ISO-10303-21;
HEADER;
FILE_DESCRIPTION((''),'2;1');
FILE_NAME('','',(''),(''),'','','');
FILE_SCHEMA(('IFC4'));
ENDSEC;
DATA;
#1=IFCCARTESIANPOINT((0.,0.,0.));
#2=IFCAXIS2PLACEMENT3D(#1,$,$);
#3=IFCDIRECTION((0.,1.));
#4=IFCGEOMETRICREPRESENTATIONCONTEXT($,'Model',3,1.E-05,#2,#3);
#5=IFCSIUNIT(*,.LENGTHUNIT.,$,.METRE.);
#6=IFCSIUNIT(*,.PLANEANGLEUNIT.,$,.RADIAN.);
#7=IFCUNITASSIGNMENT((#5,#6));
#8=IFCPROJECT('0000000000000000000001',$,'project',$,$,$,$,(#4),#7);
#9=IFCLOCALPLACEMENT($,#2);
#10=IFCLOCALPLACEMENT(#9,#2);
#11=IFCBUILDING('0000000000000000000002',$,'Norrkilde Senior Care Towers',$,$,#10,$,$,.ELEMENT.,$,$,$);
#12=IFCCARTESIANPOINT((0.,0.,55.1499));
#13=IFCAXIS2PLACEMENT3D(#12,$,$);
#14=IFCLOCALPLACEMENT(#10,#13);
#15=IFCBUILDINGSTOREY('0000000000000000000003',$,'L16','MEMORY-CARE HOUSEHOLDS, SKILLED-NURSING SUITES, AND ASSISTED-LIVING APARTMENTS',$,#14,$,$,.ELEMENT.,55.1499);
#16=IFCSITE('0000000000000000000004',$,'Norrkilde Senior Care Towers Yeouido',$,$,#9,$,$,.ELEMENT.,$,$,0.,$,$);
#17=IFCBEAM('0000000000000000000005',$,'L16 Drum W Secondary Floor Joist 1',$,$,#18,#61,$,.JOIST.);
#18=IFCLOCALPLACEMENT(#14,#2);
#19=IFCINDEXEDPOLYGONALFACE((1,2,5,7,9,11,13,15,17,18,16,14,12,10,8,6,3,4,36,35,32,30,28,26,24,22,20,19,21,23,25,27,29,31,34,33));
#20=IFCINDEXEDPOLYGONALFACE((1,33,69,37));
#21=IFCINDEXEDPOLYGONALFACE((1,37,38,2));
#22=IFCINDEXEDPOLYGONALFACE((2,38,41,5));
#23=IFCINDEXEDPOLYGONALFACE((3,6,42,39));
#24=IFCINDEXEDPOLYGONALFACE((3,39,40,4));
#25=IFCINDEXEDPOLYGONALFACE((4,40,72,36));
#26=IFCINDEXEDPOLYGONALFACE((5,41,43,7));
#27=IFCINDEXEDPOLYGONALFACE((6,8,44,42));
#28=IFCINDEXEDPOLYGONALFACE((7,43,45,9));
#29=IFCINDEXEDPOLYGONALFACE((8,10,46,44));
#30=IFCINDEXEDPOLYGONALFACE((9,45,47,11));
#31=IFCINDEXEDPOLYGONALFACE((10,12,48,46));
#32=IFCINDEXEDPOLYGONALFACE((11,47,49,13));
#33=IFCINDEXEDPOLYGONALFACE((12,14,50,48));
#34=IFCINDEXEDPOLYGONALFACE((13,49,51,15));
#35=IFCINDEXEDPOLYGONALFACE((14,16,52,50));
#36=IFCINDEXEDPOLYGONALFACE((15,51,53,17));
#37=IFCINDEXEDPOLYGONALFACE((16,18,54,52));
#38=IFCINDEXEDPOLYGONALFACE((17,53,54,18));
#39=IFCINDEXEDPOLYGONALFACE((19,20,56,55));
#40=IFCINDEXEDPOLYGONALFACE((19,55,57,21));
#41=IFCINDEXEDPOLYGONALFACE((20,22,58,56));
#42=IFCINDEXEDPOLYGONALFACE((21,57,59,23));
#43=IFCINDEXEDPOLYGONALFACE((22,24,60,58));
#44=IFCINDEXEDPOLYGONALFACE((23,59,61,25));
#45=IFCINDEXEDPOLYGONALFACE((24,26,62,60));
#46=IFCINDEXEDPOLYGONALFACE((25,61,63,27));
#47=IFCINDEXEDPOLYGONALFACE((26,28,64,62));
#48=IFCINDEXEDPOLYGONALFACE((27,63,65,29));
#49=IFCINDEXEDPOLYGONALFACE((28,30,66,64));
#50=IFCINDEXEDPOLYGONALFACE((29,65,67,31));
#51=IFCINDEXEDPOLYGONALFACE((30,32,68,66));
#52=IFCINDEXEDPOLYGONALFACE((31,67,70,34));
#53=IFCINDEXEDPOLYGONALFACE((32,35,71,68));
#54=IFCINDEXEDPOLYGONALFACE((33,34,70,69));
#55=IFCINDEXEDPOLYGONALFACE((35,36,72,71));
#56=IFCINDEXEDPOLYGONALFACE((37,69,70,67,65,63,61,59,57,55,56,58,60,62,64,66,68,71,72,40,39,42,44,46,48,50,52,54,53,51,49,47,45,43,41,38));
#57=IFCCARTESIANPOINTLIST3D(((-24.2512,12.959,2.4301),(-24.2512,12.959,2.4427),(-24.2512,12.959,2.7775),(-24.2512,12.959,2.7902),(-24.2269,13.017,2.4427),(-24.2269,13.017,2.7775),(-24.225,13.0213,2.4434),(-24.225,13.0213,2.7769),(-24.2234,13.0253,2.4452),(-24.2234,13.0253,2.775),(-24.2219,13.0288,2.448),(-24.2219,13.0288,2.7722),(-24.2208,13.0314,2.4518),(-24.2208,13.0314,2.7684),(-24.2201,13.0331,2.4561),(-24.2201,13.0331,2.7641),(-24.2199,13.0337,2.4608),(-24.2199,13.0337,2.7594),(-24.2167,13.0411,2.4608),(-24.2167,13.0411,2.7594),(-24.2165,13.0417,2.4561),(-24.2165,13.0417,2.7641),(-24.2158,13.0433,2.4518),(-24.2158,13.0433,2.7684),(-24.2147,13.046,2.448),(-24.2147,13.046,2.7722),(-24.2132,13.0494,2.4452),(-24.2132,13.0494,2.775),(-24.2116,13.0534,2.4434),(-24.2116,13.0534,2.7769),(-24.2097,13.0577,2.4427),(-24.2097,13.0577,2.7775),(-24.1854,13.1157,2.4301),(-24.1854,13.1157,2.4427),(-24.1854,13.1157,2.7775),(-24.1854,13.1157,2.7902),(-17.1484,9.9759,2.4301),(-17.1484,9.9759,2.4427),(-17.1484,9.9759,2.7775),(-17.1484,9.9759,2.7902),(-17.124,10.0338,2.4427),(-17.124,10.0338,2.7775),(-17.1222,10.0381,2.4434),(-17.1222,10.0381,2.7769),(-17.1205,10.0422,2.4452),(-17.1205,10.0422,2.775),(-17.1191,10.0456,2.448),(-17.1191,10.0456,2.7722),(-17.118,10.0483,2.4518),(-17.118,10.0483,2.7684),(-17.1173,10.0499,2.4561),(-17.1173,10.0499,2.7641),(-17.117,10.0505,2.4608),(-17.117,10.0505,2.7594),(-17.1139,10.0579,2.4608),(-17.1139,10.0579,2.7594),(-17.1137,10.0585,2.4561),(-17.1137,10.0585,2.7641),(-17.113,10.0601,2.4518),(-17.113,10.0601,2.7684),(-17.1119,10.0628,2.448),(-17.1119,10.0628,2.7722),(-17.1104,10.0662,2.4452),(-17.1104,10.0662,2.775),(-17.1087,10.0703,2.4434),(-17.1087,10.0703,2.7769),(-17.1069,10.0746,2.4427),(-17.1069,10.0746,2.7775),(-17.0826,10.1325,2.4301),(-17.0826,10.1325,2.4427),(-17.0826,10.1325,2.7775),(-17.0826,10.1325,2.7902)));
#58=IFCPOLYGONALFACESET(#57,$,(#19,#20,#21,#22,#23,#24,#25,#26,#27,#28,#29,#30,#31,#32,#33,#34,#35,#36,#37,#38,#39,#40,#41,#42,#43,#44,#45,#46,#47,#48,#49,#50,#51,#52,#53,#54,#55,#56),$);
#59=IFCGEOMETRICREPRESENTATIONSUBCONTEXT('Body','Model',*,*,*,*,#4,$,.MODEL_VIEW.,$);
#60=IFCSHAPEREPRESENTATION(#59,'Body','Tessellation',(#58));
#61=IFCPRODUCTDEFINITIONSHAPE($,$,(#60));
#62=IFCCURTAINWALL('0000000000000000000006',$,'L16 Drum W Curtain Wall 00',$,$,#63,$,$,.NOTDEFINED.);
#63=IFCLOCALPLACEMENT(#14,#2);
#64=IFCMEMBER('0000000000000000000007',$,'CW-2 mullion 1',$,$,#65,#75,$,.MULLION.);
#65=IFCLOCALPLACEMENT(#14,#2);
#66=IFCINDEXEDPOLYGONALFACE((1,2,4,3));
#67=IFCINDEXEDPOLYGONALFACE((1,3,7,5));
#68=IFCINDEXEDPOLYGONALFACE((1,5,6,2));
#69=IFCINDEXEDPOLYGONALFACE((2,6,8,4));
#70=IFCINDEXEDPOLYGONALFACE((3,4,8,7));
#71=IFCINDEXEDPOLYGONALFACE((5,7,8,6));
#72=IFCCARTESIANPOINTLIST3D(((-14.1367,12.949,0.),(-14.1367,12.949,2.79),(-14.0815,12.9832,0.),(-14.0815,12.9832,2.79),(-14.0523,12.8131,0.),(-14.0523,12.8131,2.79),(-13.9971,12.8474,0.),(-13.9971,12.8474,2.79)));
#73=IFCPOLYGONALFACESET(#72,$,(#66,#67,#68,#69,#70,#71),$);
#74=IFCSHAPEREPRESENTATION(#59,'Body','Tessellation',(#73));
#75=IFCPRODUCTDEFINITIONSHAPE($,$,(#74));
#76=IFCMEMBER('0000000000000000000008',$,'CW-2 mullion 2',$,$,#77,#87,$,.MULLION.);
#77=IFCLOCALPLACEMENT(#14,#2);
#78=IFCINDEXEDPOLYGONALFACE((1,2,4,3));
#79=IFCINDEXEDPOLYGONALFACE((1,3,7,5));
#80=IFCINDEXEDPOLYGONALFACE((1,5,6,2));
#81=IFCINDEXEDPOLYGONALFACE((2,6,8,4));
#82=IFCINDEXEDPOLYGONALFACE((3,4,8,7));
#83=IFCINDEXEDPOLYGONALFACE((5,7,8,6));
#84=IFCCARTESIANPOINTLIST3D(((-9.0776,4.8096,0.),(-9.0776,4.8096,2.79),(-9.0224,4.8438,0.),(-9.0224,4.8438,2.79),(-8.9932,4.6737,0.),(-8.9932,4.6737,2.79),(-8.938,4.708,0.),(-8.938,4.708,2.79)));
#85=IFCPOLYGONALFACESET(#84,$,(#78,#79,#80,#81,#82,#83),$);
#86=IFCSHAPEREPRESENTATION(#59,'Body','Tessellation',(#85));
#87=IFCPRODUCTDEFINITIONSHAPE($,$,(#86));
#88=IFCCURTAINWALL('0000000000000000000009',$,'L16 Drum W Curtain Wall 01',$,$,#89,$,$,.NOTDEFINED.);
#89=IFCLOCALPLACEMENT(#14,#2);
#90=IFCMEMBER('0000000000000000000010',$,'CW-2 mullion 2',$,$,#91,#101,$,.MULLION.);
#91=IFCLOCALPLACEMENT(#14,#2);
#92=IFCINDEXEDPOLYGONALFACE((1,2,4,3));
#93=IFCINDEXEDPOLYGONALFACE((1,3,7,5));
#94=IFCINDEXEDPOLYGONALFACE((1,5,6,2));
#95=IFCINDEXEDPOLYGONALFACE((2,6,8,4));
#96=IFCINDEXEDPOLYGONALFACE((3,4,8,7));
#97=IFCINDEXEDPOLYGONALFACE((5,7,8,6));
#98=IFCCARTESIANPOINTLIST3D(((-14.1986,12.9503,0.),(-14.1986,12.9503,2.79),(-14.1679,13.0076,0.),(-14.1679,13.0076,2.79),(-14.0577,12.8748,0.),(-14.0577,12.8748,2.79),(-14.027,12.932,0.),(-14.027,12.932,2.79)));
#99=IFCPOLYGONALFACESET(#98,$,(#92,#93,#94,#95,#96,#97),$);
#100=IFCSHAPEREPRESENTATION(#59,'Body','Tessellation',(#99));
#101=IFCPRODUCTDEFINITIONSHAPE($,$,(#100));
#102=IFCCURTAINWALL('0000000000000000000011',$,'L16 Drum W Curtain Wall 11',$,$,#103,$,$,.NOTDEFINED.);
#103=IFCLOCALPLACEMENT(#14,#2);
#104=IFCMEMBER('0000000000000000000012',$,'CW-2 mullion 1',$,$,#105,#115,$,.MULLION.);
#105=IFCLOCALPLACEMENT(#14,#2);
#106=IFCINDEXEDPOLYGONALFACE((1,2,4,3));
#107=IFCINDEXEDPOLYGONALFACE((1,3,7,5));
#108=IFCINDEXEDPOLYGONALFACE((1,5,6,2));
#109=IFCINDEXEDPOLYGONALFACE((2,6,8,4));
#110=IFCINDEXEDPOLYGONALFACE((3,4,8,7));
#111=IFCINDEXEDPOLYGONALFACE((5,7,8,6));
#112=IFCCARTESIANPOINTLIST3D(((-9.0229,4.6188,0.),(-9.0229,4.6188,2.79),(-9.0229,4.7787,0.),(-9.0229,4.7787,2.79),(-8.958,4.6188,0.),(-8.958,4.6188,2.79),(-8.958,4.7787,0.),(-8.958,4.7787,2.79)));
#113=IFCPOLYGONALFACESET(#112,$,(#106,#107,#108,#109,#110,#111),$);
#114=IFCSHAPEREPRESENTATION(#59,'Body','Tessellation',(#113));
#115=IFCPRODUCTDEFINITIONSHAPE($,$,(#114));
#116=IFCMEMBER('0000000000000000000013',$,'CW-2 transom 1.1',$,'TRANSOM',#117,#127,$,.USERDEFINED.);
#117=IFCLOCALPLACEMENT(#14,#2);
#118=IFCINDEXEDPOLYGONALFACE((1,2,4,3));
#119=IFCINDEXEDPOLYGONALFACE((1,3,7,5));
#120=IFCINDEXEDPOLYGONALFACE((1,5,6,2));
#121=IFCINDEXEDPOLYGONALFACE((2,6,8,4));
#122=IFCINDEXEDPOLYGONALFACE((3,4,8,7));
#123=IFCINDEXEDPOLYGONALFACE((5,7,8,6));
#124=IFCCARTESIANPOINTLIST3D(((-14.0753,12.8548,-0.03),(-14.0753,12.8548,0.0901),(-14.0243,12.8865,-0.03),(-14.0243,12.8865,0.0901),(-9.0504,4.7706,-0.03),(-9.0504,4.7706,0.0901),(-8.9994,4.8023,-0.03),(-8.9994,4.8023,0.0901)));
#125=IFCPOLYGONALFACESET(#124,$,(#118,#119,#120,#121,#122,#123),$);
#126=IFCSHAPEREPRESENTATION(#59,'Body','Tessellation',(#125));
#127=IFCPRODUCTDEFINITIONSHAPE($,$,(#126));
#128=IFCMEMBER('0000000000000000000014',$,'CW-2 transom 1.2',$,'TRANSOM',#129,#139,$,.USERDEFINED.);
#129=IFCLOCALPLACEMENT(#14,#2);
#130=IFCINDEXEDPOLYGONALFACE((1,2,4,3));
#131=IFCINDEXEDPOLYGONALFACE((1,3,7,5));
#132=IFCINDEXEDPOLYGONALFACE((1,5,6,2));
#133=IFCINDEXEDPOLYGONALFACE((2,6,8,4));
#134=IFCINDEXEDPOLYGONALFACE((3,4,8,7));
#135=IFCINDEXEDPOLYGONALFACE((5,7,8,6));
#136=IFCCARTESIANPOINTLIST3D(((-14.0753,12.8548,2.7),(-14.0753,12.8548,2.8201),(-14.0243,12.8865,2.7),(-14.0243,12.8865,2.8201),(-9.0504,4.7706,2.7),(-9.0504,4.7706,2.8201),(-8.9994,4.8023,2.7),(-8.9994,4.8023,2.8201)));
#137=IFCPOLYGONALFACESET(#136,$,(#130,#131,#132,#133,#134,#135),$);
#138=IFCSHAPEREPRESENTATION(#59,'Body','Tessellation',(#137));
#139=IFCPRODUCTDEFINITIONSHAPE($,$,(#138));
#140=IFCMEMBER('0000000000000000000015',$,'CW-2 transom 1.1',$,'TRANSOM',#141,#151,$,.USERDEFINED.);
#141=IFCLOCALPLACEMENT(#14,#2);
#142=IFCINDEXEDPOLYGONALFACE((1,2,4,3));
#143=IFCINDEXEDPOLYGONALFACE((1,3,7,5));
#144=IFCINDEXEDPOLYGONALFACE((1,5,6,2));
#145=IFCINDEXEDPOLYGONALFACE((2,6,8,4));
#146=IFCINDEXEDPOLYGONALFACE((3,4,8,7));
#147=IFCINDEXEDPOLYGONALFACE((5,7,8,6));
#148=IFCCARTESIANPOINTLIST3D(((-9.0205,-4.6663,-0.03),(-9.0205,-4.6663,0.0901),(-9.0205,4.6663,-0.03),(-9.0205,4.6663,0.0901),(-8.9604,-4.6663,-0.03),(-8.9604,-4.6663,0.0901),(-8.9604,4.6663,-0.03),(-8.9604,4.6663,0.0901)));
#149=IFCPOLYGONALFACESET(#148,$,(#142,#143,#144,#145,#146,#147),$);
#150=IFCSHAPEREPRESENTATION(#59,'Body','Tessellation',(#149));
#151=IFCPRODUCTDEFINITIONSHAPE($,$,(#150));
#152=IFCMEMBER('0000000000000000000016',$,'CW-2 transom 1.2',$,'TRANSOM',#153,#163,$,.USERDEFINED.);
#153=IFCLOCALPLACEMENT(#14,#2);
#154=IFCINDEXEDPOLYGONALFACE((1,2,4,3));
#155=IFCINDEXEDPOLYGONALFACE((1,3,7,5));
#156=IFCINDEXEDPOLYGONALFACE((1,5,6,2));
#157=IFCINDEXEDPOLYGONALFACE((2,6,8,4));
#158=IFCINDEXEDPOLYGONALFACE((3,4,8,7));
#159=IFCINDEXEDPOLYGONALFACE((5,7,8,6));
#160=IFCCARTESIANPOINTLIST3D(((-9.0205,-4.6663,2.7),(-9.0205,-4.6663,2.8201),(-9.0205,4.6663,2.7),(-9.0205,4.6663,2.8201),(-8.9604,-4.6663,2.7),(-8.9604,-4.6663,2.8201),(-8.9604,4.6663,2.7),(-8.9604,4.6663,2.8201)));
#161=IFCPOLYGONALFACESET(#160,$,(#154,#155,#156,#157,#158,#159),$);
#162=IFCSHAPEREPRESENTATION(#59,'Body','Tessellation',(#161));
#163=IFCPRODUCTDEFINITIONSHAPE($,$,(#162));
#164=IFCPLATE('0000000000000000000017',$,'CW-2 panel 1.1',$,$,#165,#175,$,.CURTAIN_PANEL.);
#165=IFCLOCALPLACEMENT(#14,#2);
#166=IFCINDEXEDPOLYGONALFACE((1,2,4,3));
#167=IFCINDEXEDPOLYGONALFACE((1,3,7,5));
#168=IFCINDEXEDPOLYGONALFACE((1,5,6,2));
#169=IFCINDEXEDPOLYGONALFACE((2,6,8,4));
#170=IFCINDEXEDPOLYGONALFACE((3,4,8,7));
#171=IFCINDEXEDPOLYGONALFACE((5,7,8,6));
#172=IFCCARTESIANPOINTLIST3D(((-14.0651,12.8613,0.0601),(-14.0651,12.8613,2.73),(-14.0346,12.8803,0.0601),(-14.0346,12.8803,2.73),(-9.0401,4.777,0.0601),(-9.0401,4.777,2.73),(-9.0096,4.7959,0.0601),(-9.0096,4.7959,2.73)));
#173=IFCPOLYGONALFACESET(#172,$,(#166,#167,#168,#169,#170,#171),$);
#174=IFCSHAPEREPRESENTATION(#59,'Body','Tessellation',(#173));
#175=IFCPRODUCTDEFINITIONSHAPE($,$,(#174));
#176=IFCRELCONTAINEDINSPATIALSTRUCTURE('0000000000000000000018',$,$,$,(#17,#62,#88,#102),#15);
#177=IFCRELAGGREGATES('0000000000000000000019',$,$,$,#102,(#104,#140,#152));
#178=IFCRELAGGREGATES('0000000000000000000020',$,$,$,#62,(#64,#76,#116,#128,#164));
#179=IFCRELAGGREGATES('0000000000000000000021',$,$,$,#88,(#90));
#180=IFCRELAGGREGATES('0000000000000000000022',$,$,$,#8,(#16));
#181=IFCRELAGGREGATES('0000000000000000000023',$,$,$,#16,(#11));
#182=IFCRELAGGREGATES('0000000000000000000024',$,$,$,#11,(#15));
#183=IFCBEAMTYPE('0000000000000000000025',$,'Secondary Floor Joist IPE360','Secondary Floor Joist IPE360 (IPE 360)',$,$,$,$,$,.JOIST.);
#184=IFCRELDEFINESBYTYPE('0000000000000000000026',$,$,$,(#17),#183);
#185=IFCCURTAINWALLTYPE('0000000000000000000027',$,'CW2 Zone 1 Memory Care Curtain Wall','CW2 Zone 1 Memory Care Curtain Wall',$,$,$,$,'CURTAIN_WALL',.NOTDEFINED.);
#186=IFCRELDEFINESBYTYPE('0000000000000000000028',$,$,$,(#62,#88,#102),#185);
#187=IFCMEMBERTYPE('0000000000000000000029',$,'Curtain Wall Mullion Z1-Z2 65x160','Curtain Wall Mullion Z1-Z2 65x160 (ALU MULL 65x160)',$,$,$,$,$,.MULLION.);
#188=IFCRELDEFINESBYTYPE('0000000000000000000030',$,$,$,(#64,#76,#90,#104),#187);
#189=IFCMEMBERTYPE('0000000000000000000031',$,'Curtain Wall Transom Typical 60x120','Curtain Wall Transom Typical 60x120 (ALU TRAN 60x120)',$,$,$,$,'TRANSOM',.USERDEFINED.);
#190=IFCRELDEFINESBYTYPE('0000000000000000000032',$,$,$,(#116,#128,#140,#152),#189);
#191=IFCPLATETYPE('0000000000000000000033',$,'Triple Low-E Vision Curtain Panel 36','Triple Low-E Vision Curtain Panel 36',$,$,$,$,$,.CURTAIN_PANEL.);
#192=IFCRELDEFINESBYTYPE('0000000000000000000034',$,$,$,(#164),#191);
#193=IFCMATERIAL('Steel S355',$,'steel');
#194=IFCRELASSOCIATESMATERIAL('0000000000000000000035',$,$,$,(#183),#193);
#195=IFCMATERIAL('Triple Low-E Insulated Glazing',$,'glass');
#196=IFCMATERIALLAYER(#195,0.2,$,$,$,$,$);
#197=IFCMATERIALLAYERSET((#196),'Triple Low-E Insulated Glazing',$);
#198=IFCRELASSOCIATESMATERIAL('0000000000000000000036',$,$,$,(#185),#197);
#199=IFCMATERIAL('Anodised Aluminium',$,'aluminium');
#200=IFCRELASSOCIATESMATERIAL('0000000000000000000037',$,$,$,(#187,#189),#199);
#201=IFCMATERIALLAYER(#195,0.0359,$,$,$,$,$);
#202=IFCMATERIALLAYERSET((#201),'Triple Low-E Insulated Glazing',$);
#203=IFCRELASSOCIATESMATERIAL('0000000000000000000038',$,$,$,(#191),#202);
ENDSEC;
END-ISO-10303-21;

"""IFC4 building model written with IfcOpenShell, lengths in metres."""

from ifc_helpers import new_model, si_unit, direction, frame, origin, origin_2d, place, context, subcontext, project, spatial, rectangle, i_section, extrude, source, transform, mapped, material, layer, layer_set, material_profile, profile_set, type_object, type_shapes, element, aggregate, save


model = new_model("IFC4")

# Units and contexts
model_context = context("Model", 3, precision=1e-05, world=origin(), true_north=direction((0.0, 1.0)))
body_context = subcontext(model_context, "Body", "Model", "MODEL_VIEW")
ifc_project = project(units=[si_unit("LENGTHUNIT", "METRE"), si_unit("PLANEANGLEUNIT", "RADIAN")], contexts=[model_context])

# Site, building, storey
site_placement = place(None, origin())
site = spatial("IfcSite", under=ifc_project, at=site_placement, Name="Norrkilde Senior Care Towers Yeouido", CompositionType="ELEMENT", RefElevation=0.0)
building_placement = place(site_placement, origin())
building = spatial("IfcBuilding", under=site, at=building_placement, Name="Norrkilde Senior Care Towers", CompositionType="ELEMENT")
storey_placement = place(building_placement, frame((0.0, 0.0, 55.1499)))
storey = spatial("IfcBuildingStorey", under=building, at=storey_placement, Name="L16", Description="MEMORY-CARE HOUSEHOLDS, SKILLED-NURSING SUITES, AND ASSISTED-LIVING APARTMENTS", CompositionType="ELEMENT", Elevation=55.1499)

# Beam
ifc_material_1 = material(Name="Steel S355", Category="steel")
ifc_material_profile_1 = material_profile(ifc_material_1, i_section(OverallWidth=0.1699, OverallDepth=0.3601, WebThickness=0.0081, FlangeThickness=0.0127, FilletRadius=0.0181, at=origin_2d()), Name="IPE 360")
ifc_profile_set_1 = profile_set([ifc_material_profile_1], Name="Steel S355")
beam_type_1 = type_object("IfcBeamType", Name="Secondary Floor Joist IPE360", Description="Secondary Floor Joist IPE360 (IPE 360)", PredefinedType="JOIST", material=ifc_profile_set_1)
shared_shape_1 = source(origin(), body_context, "Body", "SweptSolid", [
    extrude(i_section(OverallWidth=0.1699, OverallDepth=0.3601, WebThickness=0.0081, FlangeThickness=0.0127, FilletRadius=0.0181, at=origin_2d()), origin(), (0.0, 0.0, 1.0), 7.7039),
])
type_shapes(beam_type_1, [shared_shape_1])
beam_1_placement = place(storey_placement, frame((-17.1155, 10.0542, 2.6101), z_axis=(-0.921983, 0.387231, 0.0), x_axis=(-0.387231, -0.921983, 0.0)))
element("IfcBeam", 1, at=beam_1_placement, inside=storey, type_object=beam_type_1, Name="L16 Drum W Secondary Floor Joist 1", PredefinedType="JOIST", context=body_context, shape_type="MappedRepresentation", body=[
    mapped(shared_shape_1, transform((0.0, 0.0, 0.0), x_axis=(1.0, 0.0, 0.0), y_axis=(0.0, 1.0, 0.0), z_axis=(0.0, 0.0, 1.0), scale=1.0)),
])

# Curtain wall, members
ifc_material_2 = material(Name="Triple Low-E Insulated Glazing", Category="glass")
ifc_layer_1 = layer(ifc_material_2, 0.2)
ifc_layer_set_1 = layer_set([ifc_layer_1], Name="Triple Low-E Insulated Glazing")
curtain_wall_type = type_object("IfcCurtainWallType", Name="CW2 Zone 1 Memory Care Curtain Wall", Description="CW2 Zone 1 Memory Care Curtain Wall", ElementType="CURTAIN_WALL", PredefinedType="NOTDEFINED", material=ifc_layer_set_1)
curtain_wall_1_placement = place(storey_placement, origin())
curtain_wall_1 = element("IfcCurtainWall", 2, at=curtain_wall_1_placement, inside=storey, type_object=curtain_wall_type, Name="L16 Drum W Curtain Wall 00", PredefinedType="NOTDEFINED")
ifc_material_3 = material(Name="Anodised Aluminium", Category="aluminium")
ifc_material_profile_2 = material_profile(ifc_material_3, rectangle(XDim=0.0649, YDim=0.1599, at=origin_2d()), Name="ALU MULL 65x160")
ifc_profile_set_2 = profile_set([ifc_material_profile_2], Name="Anodised Aluminium")
member_type_1 = type_object("IfcMemberType", Name="Curtain Wall Mullion Z1-Z2 65x160", Description="Curtain Wall Mullion Z1-Z2 65x160 (ALU MULL 65x160)", PredefinedType="MULLION", material=ifc_profile_set_2)
shared_shape_2 = source(origin(), body_context, "Body", "SweptSolid", [
    extrude(rectangle(XDim=0.0649, YDim=0.1599, at=origin_2d()), origin(), (0.0, 0.0, 1.0), 2.79),
])
type_shapes(member_type_1, [shared_shape_2])
member_1_placement = place(storey_placement, frame((-14.0669, 12.8982, 0.0), z_axis=(0.0, 0.0, 1.0), x_axis=(0.849306, 0.527901, 0.0)))
member_1 = element("IfcMember", 3, at=member_1_placement, type_object=member_type_1, Name="CW-2 mullion 1", PredefinedType="MULLION", context=body_context, shape_type="MappedRepresentation", body=[
    mapped(shared_shape_2, transform((0.0, 0.0, 0.0), x_axis=(1.0, 0.0, 0.0), y_axis=(0.0, 1.0, 0.0), z_axis=(0.0, 0.0, 1.0), scale=1.0)),
])
member_2_placement = place(storey_placement, frame((-9.0078, 4.7588, 0.0), z_axis=(0.0, 0.0, 1.0), x_axis=(0.849306, 0.527901, 0.0)))
member_2 = element("IfcMember", 4, at=member_2_placement, type_object=member_type_1, Name="CW-2 mullion 2", PredefinedType="MULLION", context=body_context, shape_type="MappedRepresentation", body=[
    mapped(shared_shape_2, transform((0.0, 0.0, 0.0), x_axis=(1.0, 0.0, 0.0), y_axis=(0.0, 1.0, 0.0), z_axis=(0.0, 0.0, 1.0), scale=1.0)),
])

# Curtain walls, members
curtain_wall_2_placement = place(storey_placement, origin())
curtain_wall_2 = element("IfcCurtainWall", 5, at=curtain_wall_2_placement, inside=storey, type_object=curtain_wall_type, Name="L16 Drum W Curtain Wall 01", PredefinedType="NOTDEFINED")
member_3_placement = place(storey_placement, frame((-14.1128, 12.9412, 0.0), z_axis=(0.0, 0.0, 1.0), x_axis=(0.472608, 0.881273, 0.0)))
member_3 = element("IfcMember", 6, at=member_3_placement, type_object=member_type_1, Name="CW-2 mullion 2", PredefinedType="MULLION", context=body_context, shape_type="MappedRepresentation", body=[
    mapped(shared_shape_2, transform((0.0, 0.0, 0.0), x_axis=(1.0, 0.0, 0.0), y_axis=(0.0, 1.0, 0.0), z_axis=(0.0, 0.0, 1.0), scale=1.0)),
])
curtain_wall_3_placement = place(storey_placement, origin())
curtain_wall_3 = element("IfcCurtainWall", 7, at=curtain_wall_3_placement, inside=storey, type_object=curtain_wall_type, Name="L16 Drum W Curtain Wall 11", PredefinedType="NOTDEFINED")
member_4_placement = place(storey_placement, frame((-8.9905, 4.6987, 0.0), z_axis=(0.0, 0.0, 1.0), x_axis=(1.0, 0.0, 0.0)))
member_4 = element("IfcMember", 8, at=member_4_placement, type_object=member_type_1, Name="CW-2 mullion 1", PredefinedType="MULLION", context=body_context, shape_type="MappedRepresentation", body=[
    mapped(shared_shape_2, transform((0.0, 0.0, 0.0), x_axis=(1.0, 0.0, 0.0), y_axis=(0.0, 1.0, 0.0), z_axis=(0.0, 0.0, 1.0), scale=1.0)),
])

# Members
ifc_material_profile_3 = material_profile(ifc_material_3, rectangle(XDim=0.0601, YDim=0.1201, at=origin_2d()), Name="ALU TRAN 60x120")
ifc_profile_set_3 = profile_set([ifc_material_profile_3], Name="Anodised Aluminium")
member_type_2 = type_object("IfcMemberType", Name="Curtain Wall Transom Typical 60x120", Description="Curtain Wall Transom Typical 60x120 (ALU TRAN 60x120)", ElementType="TRANSOM", PredefinedType="USERDEFINED", material=ifc_profile_set_3)
shared_shape_3 = source(origin(), body_context, "Body", "SweptSolid", [
    extrude(rectangle(XDim=0.0601, YDim=0.1201, at=origin_2d()), origin(), (0.0, 0.0, 1.0), 9.5186),
])
member_5_placement = place(storey_placement, frame((-14.0498, 12.8706, 0.03), z_axis=(0.527902, -0.849306, 0.0), x_axis=(0.849306, 0.527902, 0.0)))
member_5 = element("IfcMember", 9, at=member_5_placement, type_object=member_type_2, Name="CW-2 transom 1.1", ObjectType="TRANSOM", PredefinedType="USERDEFINED", context=body_context, shape_type="MappedRepresentation", body=[
    mapped(shared_shape_3, transform((0.0, 0.0, 0.0), x_axis=(1.0, 0.0, 0.0), y_axis=(0.0, 1.0, 0.0), z_axis=(0.0, 0.0, 1.0), scale=1.0)),
])
member_6_placement = place(storey_placement, frame((-14.0498, 12.8706, 2.76), z_axis=(0.527902, -0.849306, 0.0), x_axis=(0.849306, 0.527902, 0.0)))
member_6 = element("IfcMember", 10, at=member_6_placement, type_object=member_type_2, Name="CW-2 transom 1.2", ObjectType="TRANSOM", PredefinedType="USERDEFINED", context=body_context, shape_type="MappedRepresentation", body=[
    mapped(shared_shape_3, transform((0.0, 0.0, 0.0), x_axis=(1.0, 0.0, 0.0), y_axis=(0.0, 1.0, 0.0), z_axis=(0.0, 0.0, 1.0), scale=1.0)),
])
shared_shape_4 = source(origin(), body_context, "Body", "SweptSolid", [
    extrude(rectangle(XDim=0.0601, YDim=0.1201, at=origin_2d()), origin(), (0.0, 0.0, 1.0), 9.3325),
])
type_shapes(member_type_2, [shared_shape_3, shared_shape_4])
member_7_placement = place(storey_placement, frame((-8.9905, 4.6663, 0.03), z_axis=(0.0, -1.0, 0.0), x_axis=(1.0, 0.0, 0.0)))
member_7 = element("IfcMember", 11, at=member_7_placement, type_object=member_type_2, Name="CW-2 transom 1.1", ObjectType="TRANSOM", PredefinedType="USERDEFINED", context=body_context, shape_type="MappedRepresentation", body=[
    mapped(shared_shape_4, transform((0.0, 0.0, 0.0), x_axis=(1.0, 0.0, 0.0), y_axis=(0.0, 1.0, 0.0), z_axis=(0.0, 0.0, 1.0), scale=1.0)),
])
member_8_placement = place(storey_placement, frame((-8.9905, 4.6663, 2.76), z_axis=(0.0, -1.0, 0.0), x_axis=(1.0, 0.0, 0.0)))
member_8 = element("IfcMember", 12, at=member_8_placement, type_object=member_type_2, Name="CW-2 transom 1.2", ObjectType="TRANSOM", PredefinedType="USERDEFINED", context=body_context, shape_type="MappedRepresentation", body=[
    mapped(shared_shape_4, transform((0.0, 0.0, 0.0), x_axis=(1.0, 0.0, 0.0), y_axis=(0.0, 1.0, 0.0), z_axis=(0.0, 0.0, 1.0), scale=1.0)),
])
aggregate(curtain_wall_3, [member_4, member_7, member_8])

# Plate
ifc_layer_2 = layer(ifc_material_2, 0.0359)
ifc_layer_set_2 = layer_set([ifc_layer_2], Name="Triple Low-E Insulated Glazing")
plate_type = type_object("IfcPlateType", Name="Triple Low-E Vision Curtain Panel 36", Description="Triple Low-E Vision Curtain Panel 36", PredefinedType="CURTAIN_PANEL", material=ifc_layer_set_2)
shared_shape_5 = source(origin(), body_context, "Body", "SweptSolid", [
    extrude(rectangle(XDim=9.5188, YDim=0.0359, at=origin_2d()), origin(), (0.0, 0.0, 1.0), 2.6699),
])
plate_1_placement = place(storey_placement, frame((-11.5374, 8.8286, 0.0601), z_axis=(0.0, 0.0, 1.0), x_axis=(0.527901, -0.849306, 0.0)))
plate_1 = element("IfcPlate", 13, at=plate_1_placement, type_object=plate_type, Name="CW-2 panel 1.1", PredefinedType="CURTAIN_PANEL", context=body_context, shape_type="MappedRepresentation", body=[
    mapped(shared_shape_5, transform((0.0, 0.0, 0.0), x_axis=(1.0, 0.0, 0.0), y_axis=(0.0, 1.0, 0.0), z_axis=(0.0, 0.0, 1.0), scale=1.0)),
])
aggregate(curtain_wall_1, [member_1, member_2, member_5, member_6, plate_1])
aggregate(curtain_wall_2, [member_3])

save(model, "model.ifc")
